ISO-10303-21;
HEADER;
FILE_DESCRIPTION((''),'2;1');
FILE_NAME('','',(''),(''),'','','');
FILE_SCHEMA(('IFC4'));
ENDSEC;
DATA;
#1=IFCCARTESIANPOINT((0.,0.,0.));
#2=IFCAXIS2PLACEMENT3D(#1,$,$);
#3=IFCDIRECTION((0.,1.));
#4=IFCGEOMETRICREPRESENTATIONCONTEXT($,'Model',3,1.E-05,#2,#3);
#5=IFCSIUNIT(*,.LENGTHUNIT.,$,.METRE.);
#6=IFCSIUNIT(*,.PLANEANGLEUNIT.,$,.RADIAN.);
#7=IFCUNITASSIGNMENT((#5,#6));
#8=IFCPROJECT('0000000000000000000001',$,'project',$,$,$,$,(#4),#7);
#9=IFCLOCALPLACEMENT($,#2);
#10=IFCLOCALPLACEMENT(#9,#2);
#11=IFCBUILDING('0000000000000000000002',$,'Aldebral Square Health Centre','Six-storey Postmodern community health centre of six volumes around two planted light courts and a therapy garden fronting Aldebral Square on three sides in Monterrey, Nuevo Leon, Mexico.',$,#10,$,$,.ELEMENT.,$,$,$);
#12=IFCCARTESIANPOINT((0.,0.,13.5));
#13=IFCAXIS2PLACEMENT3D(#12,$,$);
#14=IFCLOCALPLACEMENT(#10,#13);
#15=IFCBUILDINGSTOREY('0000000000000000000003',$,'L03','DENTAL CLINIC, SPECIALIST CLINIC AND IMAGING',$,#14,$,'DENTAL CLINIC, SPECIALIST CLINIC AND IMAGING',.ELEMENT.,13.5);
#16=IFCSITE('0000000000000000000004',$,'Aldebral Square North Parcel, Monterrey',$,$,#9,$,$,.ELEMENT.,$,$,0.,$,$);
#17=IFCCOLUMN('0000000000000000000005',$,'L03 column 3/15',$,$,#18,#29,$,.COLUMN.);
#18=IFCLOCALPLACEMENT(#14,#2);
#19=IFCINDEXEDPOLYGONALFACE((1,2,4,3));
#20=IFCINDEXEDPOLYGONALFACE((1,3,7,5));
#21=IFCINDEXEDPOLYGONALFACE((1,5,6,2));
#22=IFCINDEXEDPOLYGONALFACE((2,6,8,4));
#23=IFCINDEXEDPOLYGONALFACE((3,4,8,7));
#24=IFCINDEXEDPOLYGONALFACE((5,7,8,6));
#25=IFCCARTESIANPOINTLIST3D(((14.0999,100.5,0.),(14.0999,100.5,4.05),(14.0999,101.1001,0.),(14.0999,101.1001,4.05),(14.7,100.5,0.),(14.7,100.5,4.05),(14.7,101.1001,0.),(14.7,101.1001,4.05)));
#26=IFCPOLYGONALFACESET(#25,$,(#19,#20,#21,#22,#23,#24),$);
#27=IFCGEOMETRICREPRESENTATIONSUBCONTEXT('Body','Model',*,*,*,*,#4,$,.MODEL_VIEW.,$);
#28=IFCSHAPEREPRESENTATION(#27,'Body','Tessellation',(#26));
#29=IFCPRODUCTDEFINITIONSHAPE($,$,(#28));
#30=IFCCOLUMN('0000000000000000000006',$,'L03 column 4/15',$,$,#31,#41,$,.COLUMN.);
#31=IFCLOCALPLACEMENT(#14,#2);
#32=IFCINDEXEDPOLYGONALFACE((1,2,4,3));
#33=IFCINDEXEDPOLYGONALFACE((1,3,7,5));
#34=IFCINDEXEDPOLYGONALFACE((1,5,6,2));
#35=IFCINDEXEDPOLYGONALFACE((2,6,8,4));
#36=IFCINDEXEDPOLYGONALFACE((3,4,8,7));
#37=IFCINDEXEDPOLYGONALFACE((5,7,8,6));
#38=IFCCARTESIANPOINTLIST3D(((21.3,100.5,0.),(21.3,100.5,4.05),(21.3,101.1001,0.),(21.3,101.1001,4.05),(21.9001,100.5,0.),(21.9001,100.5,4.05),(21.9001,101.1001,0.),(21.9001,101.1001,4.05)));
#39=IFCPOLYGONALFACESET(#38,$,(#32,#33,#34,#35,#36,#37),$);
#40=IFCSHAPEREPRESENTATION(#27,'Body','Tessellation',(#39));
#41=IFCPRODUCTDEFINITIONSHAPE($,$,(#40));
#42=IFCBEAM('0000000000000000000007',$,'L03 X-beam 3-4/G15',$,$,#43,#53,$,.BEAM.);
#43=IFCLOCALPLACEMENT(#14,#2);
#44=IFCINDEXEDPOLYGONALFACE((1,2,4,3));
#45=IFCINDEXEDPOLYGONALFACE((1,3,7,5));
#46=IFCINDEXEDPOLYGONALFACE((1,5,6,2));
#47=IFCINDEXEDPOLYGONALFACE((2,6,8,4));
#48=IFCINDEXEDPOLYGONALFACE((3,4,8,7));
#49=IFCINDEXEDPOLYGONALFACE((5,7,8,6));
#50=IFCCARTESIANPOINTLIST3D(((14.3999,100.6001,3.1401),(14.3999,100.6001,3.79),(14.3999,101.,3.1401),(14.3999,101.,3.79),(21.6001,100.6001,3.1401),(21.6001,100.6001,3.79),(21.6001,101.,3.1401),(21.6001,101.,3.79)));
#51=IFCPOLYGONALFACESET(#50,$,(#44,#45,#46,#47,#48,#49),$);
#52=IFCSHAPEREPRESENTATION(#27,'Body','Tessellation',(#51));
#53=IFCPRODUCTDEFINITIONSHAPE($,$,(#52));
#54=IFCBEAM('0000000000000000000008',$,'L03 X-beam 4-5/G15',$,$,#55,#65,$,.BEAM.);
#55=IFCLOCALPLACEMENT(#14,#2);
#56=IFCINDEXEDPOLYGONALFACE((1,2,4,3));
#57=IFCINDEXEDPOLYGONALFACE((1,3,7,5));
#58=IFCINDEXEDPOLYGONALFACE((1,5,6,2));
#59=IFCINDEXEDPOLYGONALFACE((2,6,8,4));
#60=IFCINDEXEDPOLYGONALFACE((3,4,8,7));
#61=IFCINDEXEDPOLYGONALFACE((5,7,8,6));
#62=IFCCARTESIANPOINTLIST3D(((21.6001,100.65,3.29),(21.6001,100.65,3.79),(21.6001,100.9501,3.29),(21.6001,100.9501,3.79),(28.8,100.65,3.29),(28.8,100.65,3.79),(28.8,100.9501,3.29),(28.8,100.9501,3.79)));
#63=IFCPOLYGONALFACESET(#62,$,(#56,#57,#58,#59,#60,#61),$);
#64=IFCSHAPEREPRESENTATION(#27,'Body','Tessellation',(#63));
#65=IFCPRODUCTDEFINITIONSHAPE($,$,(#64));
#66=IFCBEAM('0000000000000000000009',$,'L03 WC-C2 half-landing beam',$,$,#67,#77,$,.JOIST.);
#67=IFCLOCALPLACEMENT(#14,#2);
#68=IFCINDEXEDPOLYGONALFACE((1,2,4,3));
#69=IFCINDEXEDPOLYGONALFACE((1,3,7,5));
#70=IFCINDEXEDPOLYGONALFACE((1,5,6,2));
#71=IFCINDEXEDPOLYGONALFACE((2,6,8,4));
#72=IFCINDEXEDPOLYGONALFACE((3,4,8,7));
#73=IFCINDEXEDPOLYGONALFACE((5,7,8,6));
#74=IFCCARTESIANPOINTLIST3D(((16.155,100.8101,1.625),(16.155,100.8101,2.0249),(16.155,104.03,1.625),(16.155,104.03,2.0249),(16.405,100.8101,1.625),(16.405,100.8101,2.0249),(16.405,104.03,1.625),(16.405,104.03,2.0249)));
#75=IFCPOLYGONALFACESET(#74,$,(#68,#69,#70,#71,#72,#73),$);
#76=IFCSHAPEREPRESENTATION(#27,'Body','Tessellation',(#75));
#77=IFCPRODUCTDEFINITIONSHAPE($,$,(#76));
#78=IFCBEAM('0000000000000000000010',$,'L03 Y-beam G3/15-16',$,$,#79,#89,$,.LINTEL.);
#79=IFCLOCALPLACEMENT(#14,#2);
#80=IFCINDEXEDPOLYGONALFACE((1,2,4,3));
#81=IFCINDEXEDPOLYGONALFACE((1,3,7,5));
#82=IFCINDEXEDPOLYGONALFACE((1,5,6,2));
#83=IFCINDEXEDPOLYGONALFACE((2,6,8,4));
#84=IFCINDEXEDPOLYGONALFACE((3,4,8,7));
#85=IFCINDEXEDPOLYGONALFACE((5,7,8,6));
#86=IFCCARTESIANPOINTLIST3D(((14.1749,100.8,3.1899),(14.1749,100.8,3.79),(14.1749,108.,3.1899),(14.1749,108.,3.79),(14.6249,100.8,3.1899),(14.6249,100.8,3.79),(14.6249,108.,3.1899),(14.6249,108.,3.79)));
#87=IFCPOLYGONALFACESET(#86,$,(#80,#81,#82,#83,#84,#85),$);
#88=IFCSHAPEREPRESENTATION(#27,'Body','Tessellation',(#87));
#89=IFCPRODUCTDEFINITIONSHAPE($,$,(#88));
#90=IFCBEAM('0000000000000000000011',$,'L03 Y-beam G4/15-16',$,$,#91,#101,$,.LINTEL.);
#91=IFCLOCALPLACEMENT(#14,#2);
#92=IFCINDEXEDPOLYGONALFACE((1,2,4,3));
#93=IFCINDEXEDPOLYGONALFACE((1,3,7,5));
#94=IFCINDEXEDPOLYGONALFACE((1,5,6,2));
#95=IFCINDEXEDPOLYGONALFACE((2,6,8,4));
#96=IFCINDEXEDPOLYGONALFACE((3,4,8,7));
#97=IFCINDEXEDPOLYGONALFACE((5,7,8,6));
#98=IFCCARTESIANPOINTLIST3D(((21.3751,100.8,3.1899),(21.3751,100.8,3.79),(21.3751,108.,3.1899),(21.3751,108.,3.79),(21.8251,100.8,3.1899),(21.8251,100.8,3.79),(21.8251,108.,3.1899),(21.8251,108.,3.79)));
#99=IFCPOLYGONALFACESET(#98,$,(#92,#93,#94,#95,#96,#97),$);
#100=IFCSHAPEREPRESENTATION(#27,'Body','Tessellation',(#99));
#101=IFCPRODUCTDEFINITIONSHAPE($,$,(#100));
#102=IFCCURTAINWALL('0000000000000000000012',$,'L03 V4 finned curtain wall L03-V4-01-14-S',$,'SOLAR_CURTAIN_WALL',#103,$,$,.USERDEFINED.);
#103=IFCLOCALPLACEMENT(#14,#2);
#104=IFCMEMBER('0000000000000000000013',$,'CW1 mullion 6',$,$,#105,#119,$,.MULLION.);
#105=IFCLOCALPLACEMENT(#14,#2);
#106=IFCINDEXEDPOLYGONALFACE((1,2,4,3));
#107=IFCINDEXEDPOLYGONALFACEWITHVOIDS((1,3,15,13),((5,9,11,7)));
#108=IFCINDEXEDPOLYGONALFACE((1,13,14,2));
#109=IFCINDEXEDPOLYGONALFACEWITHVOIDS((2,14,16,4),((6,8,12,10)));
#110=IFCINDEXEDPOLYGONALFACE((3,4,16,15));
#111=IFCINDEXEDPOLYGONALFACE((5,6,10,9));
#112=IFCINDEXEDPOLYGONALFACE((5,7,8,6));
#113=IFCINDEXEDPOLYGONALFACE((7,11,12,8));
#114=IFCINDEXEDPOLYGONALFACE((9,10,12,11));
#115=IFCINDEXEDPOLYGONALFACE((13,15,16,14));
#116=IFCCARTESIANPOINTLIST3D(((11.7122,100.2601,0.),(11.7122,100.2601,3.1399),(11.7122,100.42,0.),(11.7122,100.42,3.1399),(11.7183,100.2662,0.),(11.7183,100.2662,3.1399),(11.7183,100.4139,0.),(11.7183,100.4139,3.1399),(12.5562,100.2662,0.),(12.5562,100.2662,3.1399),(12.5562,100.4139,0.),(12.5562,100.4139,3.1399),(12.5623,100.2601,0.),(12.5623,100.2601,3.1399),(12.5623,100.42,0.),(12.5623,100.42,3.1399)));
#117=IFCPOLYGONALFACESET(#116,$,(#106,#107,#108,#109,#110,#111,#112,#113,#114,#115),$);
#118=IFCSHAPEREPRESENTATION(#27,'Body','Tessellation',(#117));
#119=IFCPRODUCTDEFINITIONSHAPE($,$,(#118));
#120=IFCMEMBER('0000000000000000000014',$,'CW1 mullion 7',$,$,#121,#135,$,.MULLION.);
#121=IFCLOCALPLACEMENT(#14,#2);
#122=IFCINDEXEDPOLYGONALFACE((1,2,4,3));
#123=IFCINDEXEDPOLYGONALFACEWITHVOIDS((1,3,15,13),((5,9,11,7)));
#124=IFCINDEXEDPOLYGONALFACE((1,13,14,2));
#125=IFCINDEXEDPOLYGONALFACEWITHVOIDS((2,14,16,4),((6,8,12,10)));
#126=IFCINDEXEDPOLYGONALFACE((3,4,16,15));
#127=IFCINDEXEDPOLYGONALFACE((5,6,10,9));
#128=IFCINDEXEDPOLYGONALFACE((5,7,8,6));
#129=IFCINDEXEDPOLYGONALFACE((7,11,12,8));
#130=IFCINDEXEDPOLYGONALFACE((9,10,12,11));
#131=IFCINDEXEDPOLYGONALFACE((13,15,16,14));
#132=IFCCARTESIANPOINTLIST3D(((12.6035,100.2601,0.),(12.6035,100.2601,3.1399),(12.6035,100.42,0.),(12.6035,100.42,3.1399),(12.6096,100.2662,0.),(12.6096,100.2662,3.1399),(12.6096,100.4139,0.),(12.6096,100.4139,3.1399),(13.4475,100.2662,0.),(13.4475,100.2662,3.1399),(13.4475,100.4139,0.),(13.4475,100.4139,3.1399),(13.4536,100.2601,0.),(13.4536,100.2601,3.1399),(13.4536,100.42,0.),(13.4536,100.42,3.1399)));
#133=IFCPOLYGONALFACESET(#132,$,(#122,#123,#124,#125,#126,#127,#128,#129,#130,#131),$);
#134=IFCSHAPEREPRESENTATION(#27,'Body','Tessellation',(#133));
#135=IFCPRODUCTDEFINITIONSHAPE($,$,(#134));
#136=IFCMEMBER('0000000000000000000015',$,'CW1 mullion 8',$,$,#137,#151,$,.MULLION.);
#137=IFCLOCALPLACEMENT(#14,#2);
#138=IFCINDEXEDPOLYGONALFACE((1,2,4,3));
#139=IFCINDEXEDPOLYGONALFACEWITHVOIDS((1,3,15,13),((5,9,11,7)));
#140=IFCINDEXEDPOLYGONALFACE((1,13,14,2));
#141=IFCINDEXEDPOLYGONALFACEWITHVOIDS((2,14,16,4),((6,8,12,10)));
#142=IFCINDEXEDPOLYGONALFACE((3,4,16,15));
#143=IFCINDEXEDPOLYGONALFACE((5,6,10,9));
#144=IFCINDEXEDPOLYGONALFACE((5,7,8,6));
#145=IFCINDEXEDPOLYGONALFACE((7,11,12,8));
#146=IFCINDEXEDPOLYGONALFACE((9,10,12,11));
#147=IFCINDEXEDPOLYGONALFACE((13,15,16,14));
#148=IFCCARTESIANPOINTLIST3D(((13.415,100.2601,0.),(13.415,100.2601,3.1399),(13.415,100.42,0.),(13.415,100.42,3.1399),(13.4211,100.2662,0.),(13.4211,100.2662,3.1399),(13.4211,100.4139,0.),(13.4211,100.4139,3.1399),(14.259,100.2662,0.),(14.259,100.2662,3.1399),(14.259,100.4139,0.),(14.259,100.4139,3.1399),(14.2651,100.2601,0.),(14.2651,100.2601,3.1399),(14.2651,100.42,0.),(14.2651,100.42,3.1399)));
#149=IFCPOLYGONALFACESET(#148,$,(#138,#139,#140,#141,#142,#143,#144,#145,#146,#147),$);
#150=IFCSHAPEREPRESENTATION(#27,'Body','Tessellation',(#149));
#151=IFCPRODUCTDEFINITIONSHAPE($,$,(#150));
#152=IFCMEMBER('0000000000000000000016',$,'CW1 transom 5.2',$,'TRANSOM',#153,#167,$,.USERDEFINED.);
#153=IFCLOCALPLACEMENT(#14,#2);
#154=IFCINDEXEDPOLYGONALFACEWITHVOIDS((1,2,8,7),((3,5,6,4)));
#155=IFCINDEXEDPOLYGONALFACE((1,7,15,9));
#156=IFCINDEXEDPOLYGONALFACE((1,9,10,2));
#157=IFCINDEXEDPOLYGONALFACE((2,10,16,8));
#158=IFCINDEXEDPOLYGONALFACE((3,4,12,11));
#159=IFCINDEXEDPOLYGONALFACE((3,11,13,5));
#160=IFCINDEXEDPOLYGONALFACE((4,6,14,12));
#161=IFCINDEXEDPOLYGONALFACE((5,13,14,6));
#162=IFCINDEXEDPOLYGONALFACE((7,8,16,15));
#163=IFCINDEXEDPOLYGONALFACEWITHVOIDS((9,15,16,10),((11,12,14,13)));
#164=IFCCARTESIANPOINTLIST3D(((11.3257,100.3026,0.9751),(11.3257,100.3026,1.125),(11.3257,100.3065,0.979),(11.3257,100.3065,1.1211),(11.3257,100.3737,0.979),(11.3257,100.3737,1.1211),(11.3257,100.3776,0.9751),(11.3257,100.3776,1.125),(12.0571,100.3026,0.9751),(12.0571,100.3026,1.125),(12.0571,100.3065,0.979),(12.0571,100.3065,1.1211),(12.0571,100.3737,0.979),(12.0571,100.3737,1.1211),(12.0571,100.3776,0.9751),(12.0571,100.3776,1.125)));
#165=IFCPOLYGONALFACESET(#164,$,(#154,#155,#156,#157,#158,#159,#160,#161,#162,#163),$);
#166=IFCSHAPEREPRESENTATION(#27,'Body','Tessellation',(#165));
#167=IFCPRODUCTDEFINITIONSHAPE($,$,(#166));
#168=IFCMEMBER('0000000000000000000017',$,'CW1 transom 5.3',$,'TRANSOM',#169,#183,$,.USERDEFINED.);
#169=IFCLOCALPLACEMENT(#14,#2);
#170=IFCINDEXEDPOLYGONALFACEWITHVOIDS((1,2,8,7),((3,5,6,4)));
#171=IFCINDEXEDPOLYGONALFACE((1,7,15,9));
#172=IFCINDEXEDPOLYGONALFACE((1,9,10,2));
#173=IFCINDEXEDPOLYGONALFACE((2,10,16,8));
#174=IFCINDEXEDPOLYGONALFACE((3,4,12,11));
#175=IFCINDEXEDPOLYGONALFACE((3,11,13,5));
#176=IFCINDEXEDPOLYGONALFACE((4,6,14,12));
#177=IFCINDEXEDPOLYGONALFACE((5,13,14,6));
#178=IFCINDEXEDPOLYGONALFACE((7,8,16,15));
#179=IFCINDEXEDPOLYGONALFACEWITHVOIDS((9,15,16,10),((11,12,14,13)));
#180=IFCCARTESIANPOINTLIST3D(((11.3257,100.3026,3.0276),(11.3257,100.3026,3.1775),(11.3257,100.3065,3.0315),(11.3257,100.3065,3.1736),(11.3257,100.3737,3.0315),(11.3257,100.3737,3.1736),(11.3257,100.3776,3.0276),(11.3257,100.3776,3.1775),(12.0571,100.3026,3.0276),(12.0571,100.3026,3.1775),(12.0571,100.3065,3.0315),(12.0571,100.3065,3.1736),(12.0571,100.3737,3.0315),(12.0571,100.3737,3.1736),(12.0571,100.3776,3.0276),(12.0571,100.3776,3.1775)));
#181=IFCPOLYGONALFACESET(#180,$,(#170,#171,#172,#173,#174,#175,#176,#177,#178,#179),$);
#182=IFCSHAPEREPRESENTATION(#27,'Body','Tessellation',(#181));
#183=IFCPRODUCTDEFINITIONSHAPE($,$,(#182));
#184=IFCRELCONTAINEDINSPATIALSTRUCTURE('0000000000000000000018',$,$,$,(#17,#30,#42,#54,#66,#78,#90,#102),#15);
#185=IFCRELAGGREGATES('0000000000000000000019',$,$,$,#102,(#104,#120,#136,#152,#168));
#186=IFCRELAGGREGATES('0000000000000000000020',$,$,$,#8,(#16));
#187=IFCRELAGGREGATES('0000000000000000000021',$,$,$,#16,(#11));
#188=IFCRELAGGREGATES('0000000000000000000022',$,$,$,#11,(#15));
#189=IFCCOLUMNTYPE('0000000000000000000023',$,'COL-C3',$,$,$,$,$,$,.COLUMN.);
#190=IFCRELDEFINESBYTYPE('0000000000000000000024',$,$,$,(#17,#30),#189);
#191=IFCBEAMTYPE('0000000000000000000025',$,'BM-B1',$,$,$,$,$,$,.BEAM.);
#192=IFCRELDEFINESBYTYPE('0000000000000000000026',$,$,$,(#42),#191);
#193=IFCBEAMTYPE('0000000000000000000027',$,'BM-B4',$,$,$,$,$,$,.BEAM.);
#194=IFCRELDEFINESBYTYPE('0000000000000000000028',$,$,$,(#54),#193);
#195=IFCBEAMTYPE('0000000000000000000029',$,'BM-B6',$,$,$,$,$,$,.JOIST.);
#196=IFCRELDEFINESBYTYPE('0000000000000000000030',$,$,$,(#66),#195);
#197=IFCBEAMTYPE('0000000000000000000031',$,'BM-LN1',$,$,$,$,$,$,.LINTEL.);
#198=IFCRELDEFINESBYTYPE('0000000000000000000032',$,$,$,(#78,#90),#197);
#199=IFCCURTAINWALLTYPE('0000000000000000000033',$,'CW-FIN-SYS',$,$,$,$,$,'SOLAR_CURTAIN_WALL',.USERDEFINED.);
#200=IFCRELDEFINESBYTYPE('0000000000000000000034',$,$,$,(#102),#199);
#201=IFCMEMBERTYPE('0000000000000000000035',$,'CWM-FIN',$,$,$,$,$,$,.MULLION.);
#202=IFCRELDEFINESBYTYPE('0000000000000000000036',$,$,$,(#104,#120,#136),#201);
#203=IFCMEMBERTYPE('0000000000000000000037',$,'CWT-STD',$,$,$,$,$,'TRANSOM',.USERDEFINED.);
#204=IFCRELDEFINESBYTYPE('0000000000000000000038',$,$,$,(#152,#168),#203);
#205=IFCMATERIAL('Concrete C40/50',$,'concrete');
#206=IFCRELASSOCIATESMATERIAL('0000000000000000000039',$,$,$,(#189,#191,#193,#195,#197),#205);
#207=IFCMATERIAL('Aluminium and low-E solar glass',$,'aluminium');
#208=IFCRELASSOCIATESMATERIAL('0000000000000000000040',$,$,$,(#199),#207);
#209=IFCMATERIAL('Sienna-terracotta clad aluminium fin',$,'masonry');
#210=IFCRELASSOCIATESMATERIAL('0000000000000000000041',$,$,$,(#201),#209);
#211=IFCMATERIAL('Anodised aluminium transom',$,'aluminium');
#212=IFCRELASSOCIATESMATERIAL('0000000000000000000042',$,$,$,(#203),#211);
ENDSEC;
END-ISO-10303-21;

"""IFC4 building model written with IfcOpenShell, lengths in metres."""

from ifc_helpers import new_model, si_unit, direction, frame, origin, origin_2d, place, context, subcontext, project, spatial, rectangle, hollow_rectangle, extrude, material, material_profile, profile_set, type_object, element, aggregate, save


model = new_model("IFC4")

# Units and contexts
model_context = context("Model", 3, precision=1e-05, world=origin(), true_north=direction((0.0, 1.0)))
body_context = subcontext(model_context, "Body", "Model", "MODEL_VIEW")
ifc_project = project(units=[si_unit("LENGTHUNIT", "METRE"), si_unit("PLANEANGLEUNIT", "RADIAN")], contexts=[model_context])

# Site, building, storey
site_placement = place(None, origin())
site = spatial("IfcSite", under=ifc_project, at=site_placement, Name="Aldebral Square North Parcel, Monterrey", CompositionType="ELEMENT", RefElevation=0.0)
building_placement = place(site_placement, origin())
building = spatial("IfcBuilding", under=site, at=building_placement, Name="Aldebral Square Health Centre", Description="Six-storey Postmodern community health centre of six volumes around two planted light courts and a therapy garden fronting Aldebral Square on three sides in Monterrey, Nuevo Leon, Mexico.", CompositionType="ELEMENT")
storey_placement = place(building_placement, frame((0.0, 0.0, 13.5)))
storey = spatial("IfcBuildingStorey", under=building, at=storey_placement, Name="L03", Description="DENTAL CLINIC, SPECIALIST CLINIC AND IMAGING", LongName="DENTAL CLINIC, SPECIALIST CLINIC AND IMAGING", CompositionType="ELEMENT", Elevation=13.5)

# Columns
ifc_material_1 = material(Name="Concrete C40/50", Category="concrete")
ifc_material_profile_1 = material_profile(ifc_material_1, rectangle(XDim=0.6001, YDim=0.6001, at=origin_2d()), Name="RC 600x600")
ifc_profile_set_1 = profile_set([ifc_material_profile_1], Name="Concrete C40/50")
column_type = type_object("IfcColumnType", Name="COL-C3", PredefinedType="COLUMN", material=ifc_profile_set_1)
for number, where, z_axis, x_axis, name in (
    (1, (14.3999, 100.8, 0.0), (0.0, 0.0, 1.0), (1.0, 0.0, 0.0), "L03 column 3/15"),
    (2, (21.6001, 100.8, 0.0), (0.0, 0.0, 1.0), (1.0, 0.0, 0.0), "L03 column 4/15"),
):
    element("IfcColumn", number, at=place(storey_placement, frame(where, z_axis=z_axis, x_axis=x_axis)), inside=storey, type_object=column_type, Name=name, PredefinedType="COLUMN", context=body_context, shape_type="SweptSolid", body=[
        extrude(rectangle(XDim=0.6001, YDim=0.6001, at=origin_2d()), origin(), (0.0, 0.0, 1.0), 4.05),
    ])

# Beams
ifc_material_profile_2 = material_profile(ifc_material_1, rectangle(XDim=0.3999, YDim=0.6499, at=origin_2d()), Name="RC 400x650")
ifc_profile_set_2 = profile_set([ifc_material_profile_2], Name="Concrete C40/50")
beam_type_1 = type_object("IfcBeamType", Name="BM-B1", PredefinedType="BEAM", material=ifc_profile_set_2)
beam_1_placement = place(storey_placement, frame((14.3999, 100.8, 3.4651), z_axis=(1.0, 0.0, 0.0), x_axis=(0.0, 1.0, 0.0)))
element("IfcBeam", 3, at=beam_1_placement, inside=storey, type_object=beam_type_1, Name="L03 X-beam 3-4/G15", PredefinedType="BEAM", context=body_context, shape_type="SweptSolid", body=[
    extrude(rectangle(XDim=0.3999, YDim=0.6499, at=origin_2d()), origin(), (0.0, 0.0, 1.0), 7.2002),
])
ifc_material_profile_3 = material_profile(ifc_material_1, rectangle(XDim=0.3, YDim=0.5, at=origin_2d()), Name="RC 300x500")
ifc_profile_set_3 = profile_set([ifc_material_profile_3], Name="Concrete C40/50")
beam_type_2 = type_object("IfcBeamType", Name="BM-B4", PredefinedType="BEAM", material=ifc_profile_set_3)
beam_2_placement = place(storey_placement, frame((21.6001, 100.8, 3.54), z_axis=(1.0, 0.0, 0.0), x_axis=(0.0, 1.0, 0.0)))
element("IfcBeam", 4, at=beam_2_placement, inside=storey, type_object=beam_type_2, Name="L03 X-beam 4-5/G15", PredefinedType="BEAM", context=body_context, shape_type="SweptSolid", body=[
    extrude(rectangle(XDim=0.3, YDim=0.5, at=origin_2d()), origin(), (0.0, 0.0, 1.0), 7.2),
])
ifc_material_profile_4 = material_profile(ifc_material_1, rectangle(XDim=0.25, YDim=0.3999, at=origin_2d()), Name="RC 250x400")
ifc_profile_set_4 = profile_set([ifc_material_profile_4], Name="Concrete C40/50")
beam_type_3 = type_object("IfcBeamType", Name="BM-B6", PredefinedType="JOIST", material=ifc_profile_set_4)
beam_3_placement = place(storey_placement, frame((16.28, 100.8101, 1.825), z_axis=(0.0, 1.0, 0.0), x_axis=(-1.0, 0.0, 0.0)))
element("IfcBeam", 5, at=beam_3_placement, inside=storey, type_object=beam_type_3, Name="L03 WC-C2 half-landing beam", PredefinedType="JOIST", context=body_context, shape_type="SweptSolid", body=[
    extrude(rectangle(XDim=0.25, YDim=0.3999, at=origin_2d()), origin(), (0.0, 0.0, 1.0), 3.22),
])
ifc_material_profile_5 = material_profile(ifc_material_1, rectangle(XDim=0.45, YDim=0.6001, at=origin_2d()), Name="RC 450x600")
ifc_profile_set_5 = profile_set([ifc_material_profile_5], Name="Concrete C40/50")
beam_type_4 = type_object("IfcBeamType", Name="BM-LN1", PredefinedType="LINTEL", material=ifc_profile_set_5)
for number, where, z_axis, x_axis, name in (
    (6, (14.3999, 100.8, 3.49), (0.0, 1.0, 0.0), (-1.0, 0.0, 0.0), "L03 Y-beam G3/15-16"),
    (7, (21.6001, 100.8, 3.49), (0.0, 1.0, 0.0), (-1.0, 0.0, 0.0), "L03 Y-beam G4/15-16"),
):
    element("IfcBeam", number, at=place(storey_placement, frame(where, z_axis=z_axis, x_axis=x_axis)), inside=storey, type_object=beam_type_4, Name=name, PredefinedType="LINTEL", context=body_context, shape_type="SweptSolid", body=[
        extrude(rectangle(XDim=0.45, YDim=0.6001, at=origin_2d()), origin(), (0.0, 0.0, 1.0), 7.2),
    ])

# Curtain wall, members
ifc_material_2 = material(Name="Aluminium and low-E solar glass", Category="aluminium")
curtain_wall_type = type_object("IfcCurtainWallType", Name="CW-FIN-SYS", ElementType="SOLAR_CURTAIN_WALL", PredefinedType="USERDEFINED", material=ifc_material_2)
curtain_wall_placement = place(storey_placement, origin())
curtain_wall = element("IfcCurtainWall", 8, at=curtain_wall_placement, inside=storey, type_object=curtain_wall_type, Name="L03 V4 finned curtain wall L03-V4-01-14-S", ObjectType="SOLAR_CURTAIN_WALL", PredefinedType="USERDEFINED")
ifc_material_3 = material(Name="Sienna-terracotta clad aluminium fin", Category="masonry")
ifc_material_profile_6 = material_profile(ifc_material_3, hollow_rectangle(XDim=0.1599, YDim=0.8501, WallThickness=0.0061, at=origin_2d()), Name="FIN 160x850x6")
ifc_profile_set_6 = profile_set([ifc_material_profile_6], Name="Sienna-terracotta clad aluminium fin")
member_type_1 = type_object("IfcMemberType", Name="CWM-FIN", PredefinedType="MULLION", material=ifc_profile_set_6)
member_1_placement = place(storey_placement, frame((12.1372, 100.3401, 0.0), z_axis=(0.0, 0.0, 1.0), x_axis=(0.0, 1.0, 0.0)))
member_1 = element("IfcMember", 9, at=member_1_placement, type_object=member_type_1, Name="CW1 mullion 6", PredefinedType="MULLION", context=body_context, shape_type="SweptSolid", body=[
    extrude(hollow_rectangle(XDim=0.1599, YDim=0.8501, WallThickness=0.0061, at=origin_2d()), origin(), (0.0, 0.0, 1.0), 3.1399),
])
member_2_placement = place(storey_placement, frame((13.0286, 100.3401, 0.0), z_axis=(0.0, 0.0, 1.0), x_axis=(0.0, 1.0, 0.0)))
member_2 = element("IfcMember", 10, at=member_2_placement, type_object=member_type_1, Name="CW1 mullion 7", PredefinedType="MULLION", context=body_context, shape_type="SweptSolid", body=[
    extrude(hollow_rectangle(XDim=0.1599, YDim=0.8501, WallThickness=0.0061, at=origin_2d()), origin(), (0.0, 0.0, 1.0), 3.1399),
])
member_3_placement = place(storey_placement, frame((13.8401, 100.3401, 0.0), z_axis=(0.0, 0.0, 1.0), x_axis=(0.0, 1.0, 0.0)))
member_3 = element("IfcMember", 11, at=member_3_placement, type_object=member_type_1, Name="CW1 mullion 8", PredefinedType="MULLION", context=body_context, shape_type="SweptSolid", body=[
    extrude(hollow_rectangle(XDim=0.1599, YDim=0.8501, WallThickness=0.0061, at=origin_2d()), origin(), (0.0, 0.0, 1.0), 3.1399),
])
ifc_material_4 = material(Name="Anodised aluminium transom", Category="aluminium")
ifc_material_profile_7 = material_profile(ifc_material_4, hollow_rectangle(XDim=0.075, YDim=0.1499, WallThickness=0.0039, at=origin_2d()), Name="CWT 75x150x4")
ifc_profile_set_7 = profile_set([ifc_material_profile_7], Name="Anodised aluminium transom")
member_type_2 = type_object("IfcMemberType", Name="CWT-STD", ElementType="TRANSOM", PredefinedType="USERDEFINED", material=ifc_profile_set_7)
member_4_placement = place(storey_placement, frame((11.3257, 100.3401, 1.05), z_axis=(1.0, 0.0, 0.0), x_axis=(0.0, 1.0, 0.0)))
member_4 = element("IfcMember", 12, at=member_4_placement, type_object=member_type_2, Name="CW1 transom 5.2", ObjectType="TRANSOM", PredefinedType="USERDEFINED", context=body_context, shape_type="SweptSolid", body=[
    extrude(hollow_rectangle(XDim=0.075, YDim=0.1499, WallThickness=0.0039, at=origin_2d()), origin(), (0.0, 0.0, 1.0), 0.7314),
])
member_5_placement = place(storey_placement, frame((11.3257, 100.3401, 3.1025), z_axis=(1.0, 0.0, 0.0), x_axis=(0.0, 1.0, 0.0)))
member_5 = element("IfcMember", 13, at=member_5_placement, type_object=member_type_2, Name="CW1 transom 5.3", ObjectType="TRANSOM", PredefinedType="USERDEFINED", context=body_context, shape_type="SweptSolid", body=[
    extrude(hollow_rectangle(XDim=0.075, YDim=0.1499, WallThickness=0.0039, at=origin_2d()), origin(), (0.0, 0.0, 1.0), 0.7314),
])
aggregate(curtain_wall, [member_1, member_2, member_3, member_4, member_5])

save(model, "model.ifc")
